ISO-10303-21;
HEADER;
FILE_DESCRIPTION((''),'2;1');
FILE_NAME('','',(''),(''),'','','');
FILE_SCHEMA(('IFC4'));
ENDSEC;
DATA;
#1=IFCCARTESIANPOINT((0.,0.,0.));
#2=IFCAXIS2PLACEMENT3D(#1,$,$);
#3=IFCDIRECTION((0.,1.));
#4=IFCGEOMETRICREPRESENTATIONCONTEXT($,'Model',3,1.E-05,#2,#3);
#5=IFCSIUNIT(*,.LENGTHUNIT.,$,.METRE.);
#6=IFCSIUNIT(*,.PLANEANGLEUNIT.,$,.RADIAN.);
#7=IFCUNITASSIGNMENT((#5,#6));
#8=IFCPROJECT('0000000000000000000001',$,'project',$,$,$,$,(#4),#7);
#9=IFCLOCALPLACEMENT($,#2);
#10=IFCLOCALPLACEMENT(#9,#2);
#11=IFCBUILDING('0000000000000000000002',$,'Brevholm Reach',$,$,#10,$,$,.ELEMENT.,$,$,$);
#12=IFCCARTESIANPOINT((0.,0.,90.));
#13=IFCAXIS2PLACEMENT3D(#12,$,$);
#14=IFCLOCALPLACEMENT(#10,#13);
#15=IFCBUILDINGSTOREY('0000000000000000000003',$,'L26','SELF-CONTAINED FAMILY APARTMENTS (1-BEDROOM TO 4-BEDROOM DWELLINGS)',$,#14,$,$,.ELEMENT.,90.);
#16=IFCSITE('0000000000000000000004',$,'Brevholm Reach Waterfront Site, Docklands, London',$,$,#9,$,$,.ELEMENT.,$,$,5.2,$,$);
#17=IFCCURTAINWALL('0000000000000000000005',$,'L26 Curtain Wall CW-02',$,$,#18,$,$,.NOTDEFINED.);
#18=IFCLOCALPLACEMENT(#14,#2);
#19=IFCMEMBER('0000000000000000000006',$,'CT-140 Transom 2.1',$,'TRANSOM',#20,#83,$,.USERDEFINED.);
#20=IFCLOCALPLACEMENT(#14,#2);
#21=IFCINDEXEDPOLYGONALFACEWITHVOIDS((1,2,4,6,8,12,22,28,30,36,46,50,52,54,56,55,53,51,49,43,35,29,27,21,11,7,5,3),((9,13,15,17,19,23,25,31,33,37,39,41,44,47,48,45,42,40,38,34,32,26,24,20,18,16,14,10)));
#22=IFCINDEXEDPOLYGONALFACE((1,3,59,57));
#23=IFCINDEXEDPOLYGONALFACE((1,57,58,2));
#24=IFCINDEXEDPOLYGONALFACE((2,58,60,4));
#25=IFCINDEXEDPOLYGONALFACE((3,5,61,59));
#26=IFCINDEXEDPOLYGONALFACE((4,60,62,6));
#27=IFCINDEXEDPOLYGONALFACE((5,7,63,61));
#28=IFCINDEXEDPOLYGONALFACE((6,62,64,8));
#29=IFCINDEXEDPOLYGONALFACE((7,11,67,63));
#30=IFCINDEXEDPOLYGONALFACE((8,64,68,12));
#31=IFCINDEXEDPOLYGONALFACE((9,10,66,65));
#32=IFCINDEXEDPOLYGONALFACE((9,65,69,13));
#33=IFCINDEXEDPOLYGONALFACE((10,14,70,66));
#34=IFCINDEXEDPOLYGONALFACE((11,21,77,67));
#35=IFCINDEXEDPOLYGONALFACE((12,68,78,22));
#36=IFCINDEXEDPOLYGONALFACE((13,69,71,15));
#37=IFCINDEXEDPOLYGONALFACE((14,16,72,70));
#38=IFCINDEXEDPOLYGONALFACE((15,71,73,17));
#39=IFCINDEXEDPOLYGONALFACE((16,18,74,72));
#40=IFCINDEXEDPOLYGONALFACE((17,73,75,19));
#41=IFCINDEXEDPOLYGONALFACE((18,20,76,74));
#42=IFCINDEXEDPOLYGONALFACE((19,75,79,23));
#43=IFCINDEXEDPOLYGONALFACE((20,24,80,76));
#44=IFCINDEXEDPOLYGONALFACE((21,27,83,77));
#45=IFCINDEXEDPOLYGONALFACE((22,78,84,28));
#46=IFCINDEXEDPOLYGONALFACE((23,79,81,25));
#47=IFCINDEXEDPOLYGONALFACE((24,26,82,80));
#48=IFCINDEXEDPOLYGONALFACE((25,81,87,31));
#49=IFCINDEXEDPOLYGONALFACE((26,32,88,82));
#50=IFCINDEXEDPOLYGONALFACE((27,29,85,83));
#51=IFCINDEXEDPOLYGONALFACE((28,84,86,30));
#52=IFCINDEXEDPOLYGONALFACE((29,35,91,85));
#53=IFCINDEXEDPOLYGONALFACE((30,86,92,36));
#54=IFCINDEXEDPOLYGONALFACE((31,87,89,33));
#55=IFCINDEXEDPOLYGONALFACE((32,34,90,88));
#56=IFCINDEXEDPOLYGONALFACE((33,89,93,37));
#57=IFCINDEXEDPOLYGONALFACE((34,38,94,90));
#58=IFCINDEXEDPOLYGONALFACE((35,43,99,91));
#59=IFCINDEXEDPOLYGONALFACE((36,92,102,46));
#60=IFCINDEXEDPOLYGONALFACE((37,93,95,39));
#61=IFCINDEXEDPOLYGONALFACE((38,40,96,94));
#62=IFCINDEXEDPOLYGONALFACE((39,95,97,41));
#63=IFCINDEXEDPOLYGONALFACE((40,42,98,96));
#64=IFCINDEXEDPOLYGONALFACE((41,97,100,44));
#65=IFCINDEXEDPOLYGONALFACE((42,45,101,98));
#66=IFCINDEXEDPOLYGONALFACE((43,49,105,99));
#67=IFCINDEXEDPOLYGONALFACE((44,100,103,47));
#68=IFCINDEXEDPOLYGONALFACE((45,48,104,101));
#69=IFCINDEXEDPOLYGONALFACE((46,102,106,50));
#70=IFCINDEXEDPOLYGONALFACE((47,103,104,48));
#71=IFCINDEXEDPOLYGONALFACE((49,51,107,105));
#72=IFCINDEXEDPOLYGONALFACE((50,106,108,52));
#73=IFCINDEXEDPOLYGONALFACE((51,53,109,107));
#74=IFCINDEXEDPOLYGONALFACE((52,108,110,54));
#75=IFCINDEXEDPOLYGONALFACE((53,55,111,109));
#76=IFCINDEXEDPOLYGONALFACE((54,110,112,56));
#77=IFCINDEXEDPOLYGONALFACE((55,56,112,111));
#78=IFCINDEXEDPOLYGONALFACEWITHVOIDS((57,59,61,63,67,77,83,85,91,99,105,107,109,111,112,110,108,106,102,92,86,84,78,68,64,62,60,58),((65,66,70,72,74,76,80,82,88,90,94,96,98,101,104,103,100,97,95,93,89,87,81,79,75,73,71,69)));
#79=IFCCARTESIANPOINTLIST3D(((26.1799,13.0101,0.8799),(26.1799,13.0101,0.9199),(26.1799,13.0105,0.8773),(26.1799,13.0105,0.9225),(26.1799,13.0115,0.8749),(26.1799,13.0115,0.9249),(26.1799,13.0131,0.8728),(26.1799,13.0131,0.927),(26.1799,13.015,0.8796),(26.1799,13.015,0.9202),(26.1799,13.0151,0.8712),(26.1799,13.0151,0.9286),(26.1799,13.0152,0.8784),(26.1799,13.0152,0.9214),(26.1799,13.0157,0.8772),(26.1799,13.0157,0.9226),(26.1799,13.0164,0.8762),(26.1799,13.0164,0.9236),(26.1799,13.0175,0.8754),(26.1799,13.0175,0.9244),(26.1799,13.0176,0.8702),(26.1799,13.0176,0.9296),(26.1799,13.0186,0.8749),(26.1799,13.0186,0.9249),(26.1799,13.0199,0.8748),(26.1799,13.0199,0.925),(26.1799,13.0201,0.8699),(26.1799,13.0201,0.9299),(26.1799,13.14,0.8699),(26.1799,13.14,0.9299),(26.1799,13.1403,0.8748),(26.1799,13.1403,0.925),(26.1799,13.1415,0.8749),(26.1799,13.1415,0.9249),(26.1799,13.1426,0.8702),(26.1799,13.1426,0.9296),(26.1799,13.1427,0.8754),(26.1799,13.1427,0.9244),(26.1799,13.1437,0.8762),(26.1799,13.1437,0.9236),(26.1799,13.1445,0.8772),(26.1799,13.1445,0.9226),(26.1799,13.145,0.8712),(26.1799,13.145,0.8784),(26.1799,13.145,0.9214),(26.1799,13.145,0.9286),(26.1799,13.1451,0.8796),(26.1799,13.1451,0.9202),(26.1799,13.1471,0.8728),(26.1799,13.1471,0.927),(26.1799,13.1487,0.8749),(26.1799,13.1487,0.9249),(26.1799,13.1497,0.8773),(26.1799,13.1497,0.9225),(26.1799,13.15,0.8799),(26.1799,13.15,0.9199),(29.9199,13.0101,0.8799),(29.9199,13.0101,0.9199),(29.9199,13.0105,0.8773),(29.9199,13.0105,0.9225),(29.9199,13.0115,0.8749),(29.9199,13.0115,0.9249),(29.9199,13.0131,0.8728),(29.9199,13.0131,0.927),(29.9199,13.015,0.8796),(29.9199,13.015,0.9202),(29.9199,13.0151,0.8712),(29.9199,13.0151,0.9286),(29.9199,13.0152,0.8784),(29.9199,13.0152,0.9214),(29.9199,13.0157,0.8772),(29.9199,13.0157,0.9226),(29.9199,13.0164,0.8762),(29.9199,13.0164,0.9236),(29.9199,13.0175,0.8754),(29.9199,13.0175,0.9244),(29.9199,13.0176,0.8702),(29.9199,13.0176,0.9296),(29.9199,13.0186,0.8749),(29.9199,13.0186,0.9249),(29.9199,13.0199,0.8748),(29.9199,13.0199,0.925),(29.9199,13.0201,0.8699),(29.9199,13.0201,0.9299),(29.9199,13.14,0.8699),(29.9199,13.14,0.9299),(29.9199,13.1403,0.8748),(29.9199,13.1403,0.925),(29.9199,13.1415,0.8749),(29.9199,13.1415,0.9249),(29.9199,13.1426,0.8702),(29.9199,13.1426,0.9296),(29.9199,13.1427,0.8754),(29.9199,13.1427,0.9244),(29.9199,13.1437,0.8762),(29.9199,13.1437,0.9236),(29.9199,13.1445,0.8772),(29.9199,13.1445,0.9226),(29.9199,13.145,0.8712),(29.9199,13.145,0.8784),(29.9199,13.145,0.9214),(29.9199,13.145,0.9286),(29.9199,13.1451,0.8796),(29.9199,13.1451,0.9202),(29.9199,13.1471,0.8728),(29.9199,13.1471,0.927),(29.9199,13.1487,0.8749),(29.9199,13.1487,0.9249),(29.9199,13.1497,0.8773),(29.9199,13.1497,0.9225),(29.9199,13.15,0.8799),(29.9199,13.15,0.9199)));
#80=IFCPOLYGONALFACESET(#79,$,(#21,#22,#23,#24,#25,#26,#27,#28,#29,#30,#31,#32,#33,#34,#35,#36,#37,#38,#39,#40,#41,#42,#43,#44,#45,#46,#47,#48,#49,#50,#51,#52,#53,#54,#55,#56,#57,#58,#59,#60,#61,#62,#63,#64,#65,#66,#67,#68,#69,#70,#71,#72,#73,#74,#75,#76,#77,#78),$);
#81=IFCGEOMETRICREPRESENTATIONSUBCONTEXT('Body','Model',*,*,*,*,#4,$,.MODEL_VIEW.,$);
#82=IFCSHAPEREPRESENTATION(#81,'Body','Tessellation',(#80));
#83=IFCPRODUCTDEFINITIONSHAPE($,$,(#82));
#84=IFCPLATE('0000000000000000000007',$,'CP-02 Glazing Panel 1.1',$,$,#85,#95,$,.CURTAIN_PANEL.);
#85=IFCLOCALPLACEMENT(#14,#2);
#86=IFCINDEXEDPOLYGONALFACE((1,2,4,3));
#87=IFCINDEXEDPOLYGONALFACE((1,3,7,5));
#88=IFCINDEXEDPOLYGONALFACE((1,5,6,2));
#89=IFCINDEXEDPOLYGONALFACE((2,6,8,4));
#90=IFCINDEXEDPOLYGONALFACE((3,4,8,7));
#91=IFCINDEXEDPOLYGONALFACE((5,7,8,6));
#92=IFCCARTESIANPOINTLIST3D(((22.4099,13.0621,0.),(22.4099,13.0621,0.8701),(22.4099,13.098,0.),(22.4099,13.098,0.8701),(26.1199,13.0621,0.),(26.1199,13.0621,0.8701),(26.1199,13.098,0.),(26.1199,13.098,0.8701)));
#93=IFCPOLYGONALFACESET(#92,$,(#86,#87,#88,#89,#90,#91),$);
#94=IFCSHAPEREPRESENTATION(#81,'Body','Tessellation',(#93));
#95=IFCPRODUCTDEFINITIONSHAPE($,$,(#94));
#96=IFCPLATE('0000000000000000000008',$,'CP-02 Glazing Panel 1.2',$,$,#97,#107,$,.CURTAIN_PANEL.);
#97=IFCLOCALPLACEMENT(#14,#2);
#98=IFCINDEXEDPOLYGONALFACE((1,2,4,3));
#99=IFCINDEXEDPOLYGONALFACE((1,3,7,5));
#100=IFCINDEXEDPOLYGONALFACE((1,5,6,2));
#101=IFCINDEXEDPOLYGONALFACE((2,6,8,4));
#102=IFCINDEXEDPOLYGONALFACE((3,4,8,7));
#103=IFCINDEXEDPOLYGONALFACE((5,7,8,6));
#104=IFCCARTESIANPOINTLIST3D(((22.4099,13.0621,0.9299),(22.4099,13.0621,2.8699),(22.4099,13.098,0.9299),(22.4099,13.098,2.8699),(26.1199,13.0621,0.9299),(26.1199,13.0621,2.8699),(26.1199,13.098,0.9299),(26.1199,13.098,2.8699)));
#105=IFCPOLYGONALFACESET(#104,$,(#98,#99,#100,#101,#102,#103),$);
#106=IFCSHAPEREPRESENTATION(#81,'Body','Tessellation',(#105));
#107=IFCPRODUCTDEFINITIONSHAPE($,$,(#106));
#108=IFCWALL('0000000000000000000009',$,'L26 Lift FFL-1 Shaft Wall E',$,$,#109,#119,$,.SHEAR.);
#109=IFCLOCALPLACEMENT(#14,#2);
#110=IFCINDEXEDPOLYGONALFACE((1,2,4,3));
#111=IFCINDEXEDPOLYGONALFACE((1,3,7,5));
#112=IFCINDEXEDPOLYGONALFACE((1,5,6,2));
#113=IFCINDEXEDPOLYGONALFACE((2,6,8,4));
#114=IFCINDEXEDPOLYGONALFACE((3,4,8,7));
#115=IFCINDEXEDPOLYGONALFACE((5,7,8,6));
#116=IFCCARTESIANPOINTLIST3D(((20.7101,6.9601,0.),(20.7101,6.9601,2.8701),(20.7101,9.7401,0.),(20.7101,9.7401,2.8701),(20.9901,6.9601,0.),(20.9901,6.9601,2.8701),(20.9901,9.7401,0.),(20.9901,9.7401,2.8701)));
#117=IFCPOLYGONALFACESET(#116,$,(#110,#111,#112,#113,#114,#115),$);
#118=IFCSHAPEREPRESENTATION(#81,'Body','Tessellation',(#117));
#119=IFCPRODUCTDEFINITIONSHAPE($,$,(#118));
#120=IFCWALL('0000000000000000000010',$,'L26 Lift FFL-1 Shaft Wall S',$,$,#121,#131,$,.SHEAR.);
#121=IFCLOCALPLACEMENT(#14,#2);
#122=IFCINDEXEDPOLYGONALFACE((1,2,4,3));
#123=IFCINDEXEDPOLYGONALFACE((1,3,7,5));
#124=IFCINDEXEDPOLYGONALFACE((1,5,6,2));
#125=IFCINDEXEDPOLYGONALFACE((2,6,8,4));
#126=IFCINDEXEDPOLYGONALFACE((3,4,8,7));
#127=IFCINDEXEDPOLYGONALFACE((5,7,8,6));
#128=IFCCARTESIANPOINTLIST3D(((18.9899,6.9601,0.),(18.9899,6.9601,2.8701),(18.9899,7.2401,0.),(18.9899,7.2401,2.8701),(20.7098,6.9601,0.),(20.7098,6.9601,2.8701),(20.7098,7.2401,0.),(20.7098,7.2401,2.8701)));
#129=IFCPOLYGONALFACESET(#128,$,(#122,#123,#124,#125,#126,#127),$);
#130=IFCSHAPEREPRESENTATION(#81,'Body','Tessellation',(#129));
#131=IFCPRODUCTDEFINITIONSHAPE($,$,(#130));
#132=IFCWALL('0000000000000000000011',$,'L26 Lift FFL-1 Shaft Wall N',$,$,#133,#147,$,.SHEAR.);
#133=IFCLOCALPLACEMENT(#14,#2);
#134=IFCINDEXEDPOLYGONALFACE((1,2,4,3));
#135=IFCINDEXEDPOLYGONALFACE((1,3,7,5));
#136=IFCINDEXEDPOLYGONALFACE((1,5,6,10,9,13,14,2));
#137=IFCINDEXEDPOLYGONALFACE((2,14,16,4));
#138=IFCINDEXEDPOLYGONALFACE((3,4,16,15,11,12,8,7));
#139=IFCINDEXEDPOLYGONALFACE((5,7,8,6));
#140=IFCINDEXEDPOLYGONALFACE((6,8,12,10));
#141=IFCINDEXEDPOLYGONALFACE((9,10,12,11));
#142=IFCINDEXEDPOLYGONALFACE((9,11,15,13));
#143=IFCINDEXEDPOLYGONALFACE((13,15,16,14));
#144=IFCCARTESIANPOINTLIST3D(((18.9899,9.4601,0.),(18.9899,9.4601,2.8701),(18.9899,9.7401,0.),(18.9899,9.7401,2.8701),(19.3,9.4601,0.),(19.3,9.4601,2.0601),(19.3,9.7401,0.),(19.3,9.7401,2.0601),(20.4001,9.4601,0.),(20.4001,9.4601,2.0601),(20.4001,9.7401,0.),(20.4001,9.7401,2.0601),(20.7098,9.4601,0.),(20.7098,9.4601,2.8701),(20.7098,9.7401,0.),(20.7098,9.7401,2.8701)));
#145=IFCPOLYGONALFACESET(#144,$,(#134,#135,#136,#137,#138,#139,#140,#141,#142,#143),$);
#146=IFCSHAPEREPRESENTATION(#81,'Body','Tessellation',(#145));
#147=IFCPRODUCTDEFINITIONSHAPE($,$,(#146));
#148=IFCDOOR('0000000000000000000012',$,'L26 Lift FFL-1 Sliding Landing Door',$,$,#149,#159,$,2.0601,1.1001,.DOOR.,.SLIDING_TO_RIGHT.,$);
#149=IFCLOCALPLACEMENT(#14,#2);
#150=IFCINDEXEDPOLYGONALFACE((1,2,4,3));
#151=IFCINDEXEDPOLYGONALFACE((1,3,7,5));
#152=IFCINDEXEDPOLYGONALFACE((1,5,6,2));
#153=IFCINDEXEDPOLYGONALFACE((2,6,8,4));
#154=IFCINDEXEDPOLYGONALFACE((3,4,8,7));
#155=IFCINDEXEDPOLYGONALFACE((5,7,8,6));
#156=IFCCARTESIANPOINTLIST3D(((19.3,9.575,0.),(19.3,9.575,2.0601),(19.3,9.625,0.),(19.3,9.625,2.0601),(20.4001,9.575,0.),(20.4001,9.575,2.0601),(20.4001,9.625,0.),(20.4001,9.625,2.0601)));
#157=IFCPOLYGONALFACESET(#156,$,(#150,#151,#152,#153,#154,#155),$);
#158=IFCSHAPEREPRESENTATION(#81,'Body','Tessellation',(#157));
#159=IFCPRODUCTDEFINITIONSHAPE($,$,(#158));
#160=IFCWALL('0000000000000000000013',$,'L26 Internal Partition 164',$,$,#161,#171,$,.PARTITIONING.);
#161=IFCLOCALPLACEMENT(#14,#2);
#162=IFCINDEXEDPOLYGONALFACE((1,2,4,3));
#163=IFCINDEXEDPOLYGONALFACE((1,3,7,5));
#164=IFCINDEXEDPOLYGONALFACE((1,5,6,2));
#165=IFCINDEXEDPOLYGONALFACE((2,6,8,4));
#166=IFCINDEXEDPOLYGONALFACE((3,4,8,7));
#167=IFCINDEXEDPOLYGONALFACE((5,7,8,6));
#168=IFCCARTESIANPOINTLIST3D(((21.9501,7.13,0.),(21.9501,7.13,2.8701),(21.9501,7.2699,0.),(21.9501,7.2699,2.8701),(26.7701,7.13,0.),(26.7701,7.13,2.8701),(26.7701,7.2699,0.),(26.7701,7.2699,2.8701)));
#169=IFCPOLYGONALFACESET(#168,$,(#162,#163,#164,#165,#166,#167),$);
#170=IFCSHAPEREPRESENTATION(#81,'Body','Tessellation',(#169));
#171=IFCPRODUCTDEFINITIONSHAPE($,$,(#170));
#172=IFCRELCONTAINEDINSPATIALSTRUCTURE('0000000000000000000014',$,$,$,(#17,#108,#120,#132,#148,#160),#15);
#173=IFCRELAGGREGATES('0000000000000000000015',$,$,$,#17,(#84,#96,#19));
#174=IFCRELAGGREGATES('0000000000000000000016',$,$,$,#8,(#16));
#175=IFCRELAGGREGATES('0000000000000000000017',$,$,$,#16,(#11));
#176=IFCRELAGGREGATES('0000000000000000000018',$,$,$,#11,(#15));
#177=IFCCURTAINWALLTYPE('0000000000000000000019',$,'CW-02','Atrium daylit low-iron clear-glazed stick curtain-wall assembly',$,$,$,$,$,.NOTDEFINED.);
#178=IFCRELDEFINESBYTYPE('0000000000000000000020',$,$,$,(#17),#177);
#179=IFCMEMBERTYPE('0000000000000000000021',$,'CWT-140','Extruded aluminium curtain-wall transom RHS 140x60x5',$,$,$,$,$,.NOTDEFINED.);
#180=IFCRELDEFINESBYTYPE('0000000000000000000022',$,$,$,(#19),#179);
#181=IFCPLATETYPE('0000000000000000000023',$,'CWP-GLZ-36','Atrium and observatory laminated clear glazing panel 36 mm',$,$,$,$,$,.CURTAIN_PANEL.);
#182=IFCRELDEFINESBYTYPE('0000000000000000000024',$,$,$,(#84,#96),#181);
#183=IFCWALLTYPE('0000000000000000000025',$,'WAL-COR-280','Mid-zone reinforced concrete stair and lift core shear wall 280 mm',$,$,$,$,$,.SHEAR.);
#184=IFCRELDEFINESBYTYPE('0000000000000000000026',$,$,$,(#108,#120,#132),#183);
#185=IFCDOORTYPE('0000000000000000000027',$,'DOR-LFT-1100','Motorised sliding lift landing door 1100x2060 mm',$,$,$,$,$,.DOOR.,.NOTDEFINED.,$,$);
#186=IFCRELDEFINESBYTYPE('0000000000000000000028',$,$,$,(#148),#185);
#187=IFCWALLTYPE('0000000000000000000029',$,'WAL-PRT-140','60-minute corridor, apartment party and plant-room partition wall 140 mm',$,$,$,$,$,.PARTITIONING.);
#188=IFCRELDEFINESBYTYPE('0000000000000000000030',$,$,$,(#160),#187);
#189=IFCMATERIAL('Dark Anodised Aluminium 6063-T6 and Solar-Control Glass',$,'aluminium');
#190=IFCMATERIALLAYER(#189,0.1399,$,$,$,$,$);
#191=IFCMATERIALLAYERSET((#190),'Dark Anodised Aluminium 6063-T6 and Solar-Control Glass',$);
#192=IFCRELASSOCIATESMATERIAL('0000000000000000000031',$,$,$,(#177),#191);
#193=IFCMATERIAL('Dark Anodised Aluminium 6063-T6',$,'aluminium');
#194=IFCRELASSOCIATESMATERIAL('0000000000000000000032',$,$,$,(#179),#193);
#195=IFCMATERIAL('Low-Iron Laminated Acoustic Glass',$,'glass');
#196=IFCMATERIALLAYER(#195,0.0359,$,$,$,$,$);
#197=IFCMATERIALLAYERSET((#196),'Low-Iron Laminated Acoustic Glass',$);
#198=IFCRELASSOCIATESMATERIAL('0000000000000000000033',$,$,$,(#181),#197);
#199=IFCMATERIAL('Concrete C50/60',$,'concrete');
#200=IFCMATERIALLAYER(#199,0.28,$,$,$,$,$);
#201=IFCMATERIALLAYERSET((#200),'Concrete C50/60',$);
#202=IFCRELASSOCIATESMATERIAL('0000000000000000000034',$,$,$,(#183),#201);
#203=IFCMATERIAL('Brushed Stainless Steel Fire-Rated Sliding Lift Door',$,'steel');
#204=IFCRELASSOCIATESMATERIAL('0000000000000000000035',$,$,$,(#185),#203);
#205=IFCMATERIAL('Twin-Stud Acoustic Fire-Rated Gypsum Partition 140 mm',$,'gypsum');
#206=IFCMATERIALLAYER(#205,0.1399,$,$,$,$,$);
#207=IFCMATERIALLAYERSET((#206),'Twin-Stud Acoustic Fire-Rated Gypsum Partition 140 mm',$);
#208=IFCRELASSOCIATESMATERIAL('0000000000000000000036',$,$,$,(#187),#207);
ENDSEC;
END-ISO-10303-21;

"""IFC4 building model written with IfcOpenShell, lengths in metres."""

from ifc_helpers import new_model, si_unit, direction, frame, frame_2d, origin, origin_2d, place, context, subcontext, project, spatial, rectangle, hollow_rectangle, extrude, material, layer, layer_set, material_profile, profile_set, type_object, element, fill, aggregate, save


model = new_model("IFC4")

# Units and contexts
model_context = context("Model", 3, precision=1e-05, world=origin(), true_north=direction((0.0, 1.0)))
body_context = subcontext(model_context, "Body", "Model", "MODEL_VIEW")
ifc_project = project(units=[si_unit("LENGTHUNIT", "METRE"), si_unit("PLANEANGLEUNIT", "RADIAN")], contexts=[model_context])

# Site, building, storey
site_placement = place(None, origin())
site = spatial("IfcSite", under=ifc_project, at=site_placement, Name="Brevholm Reach Waterfront Site, Docklands, London", CompositionType="ELEMENT", RefElevation=5.2)
building_placement = place(site_placement, origin())
building = spatial("IfcBuilding", under=site, at=building_placement, Name="Brevholm Reach", CompositionType="ELEMENT")
storey_placement = place(building_placement, frame((0.0, 0.0, 90.0)))
storey = spatial("IfcBuildingStorey", under=building, at=storey_placement, Name="L26", Description="SELF-CONTAINED FAMILY APARTMENTS (1-BEDROOM TO 4-BEDROOM DWELLINGS)", CompositionType="ELEMENT", Elevation=90.0)

# Curtain wall, member, plates
ifc_material_1 = material(Name="Dark Anodised Aluminium 6063-T6 and Solar-Control Glass", Category="aluminium")
ifc_layer_1 = layer(ifc_material_1, 0.1399)
ifc_layer_set_1 = layer_set([ifc_layer_1], Name="Dark Anodised Aluminium 6063-T6 and Solar-Control Glass")
curtain_wall_type = type_object("IfcCurtainWallType", Name="CW-02", Description="Atrium daylit low-iron clear-glazed stick curtain-wall assembly", PredefinedType="NOTDEFINED", material=ifc_layer_set_1)
curtain_wall_placement = place(storey_placement, origin())
curtain_wall = element("IfcCurtainWall", 1, at=curtain_wall_placement, inside=storey, type_object=curtain_wall_type, Name="L26 Curtain Wall CW-02", PredefinedType="NOTDEFINED")
ifc_material_2 = material(Name="Dark Anodised Aluminium 6063-T6", Category="aluminium")
ifc_material_profile_1 = material_profile(ifc_material_2, hollow_rectangle(XDim=0.0601, YDim=0.1399, WallThickness=0.0049, InnerFilletRadius=0.0049, OuterFilletRadius=0.01, at=origin_2d()), Name="RHS 140x60x5")
ifc_profile_set_1 = profile_set([ifc_material_profile_1], Name="Dark Anodised Aluminium 6063-T6")
member_type_1 = type_object("IfcMemberType", Name="CWT-140", Description="Extruded aluminium curtain-wall transom RHS 140x60x5", PredefinedType="NOTDEFINED", material=ifc_profile_set_1)
member_1_placement = place(storey_placement, frame((26.1799, 13.0801, 0.8999), z_axis=(1.0, 0.0, 0.0), x_axis=(0.0, 0.0, 1.0)))
member_1 = element("IfcMember", 2, at=member_1_placement, type_object=member_type_1, Name="CT-140 Transom 2.1", ObjectType="TRANSOM", PredefinedType="USERDEFINED", context=body_context, shape_type="SweptSolid", body=[
    extrude(hollow_rectangle(XDim=0.0601, YDim=0.1399, WallThickness=0.0049, InnerFilletRadius=0.0049, OuterFilletRadius=0.01, at=origin_2d()), origin(), (0.0, 0.0, 1.0), 3.74),
])
ifc_material_3 = material(Name="Low-Iron Laminated Acoustic Glass", Category="glass")
ifc_layer_2 = layer(ifc_material_3, 0.0359)
ifc_layer_set_2 = layer_set([ifc_layer_2], Name="Low-Iron Laminated Acoustic Glass")
plate_type = type_object("IfcPlateType", Name="CWP-GLZ-36", Description="Atrium and observatory laminated clear glazing panel 36 mm", PredefinedType="CURTAIN_PANEL", material=ifc_layer_set_2)
plate_1_placement = place(storey_placement, frame((24.2649, 13.0801, 0.0), z_axis=(0.0, 0.0, 1.0), x_axis=(1.0, 0.0, 0.0)))
plate_1 = element("IfcPlate", 3, at=plate_1_placement, type_object=plate_type, Name="CP-02 Glazing Panel 1.1", PredefinedType="CURTAIN_PANEL", context=body_context, shape_type="SweptSolid", body=[
    extrude(rectangle(XDim=3.71, YDim=0.0359, at=origin_2d()), origin(), (0.0, 0.0, 1.0), 0.8701),
])
plate_2_placement = place(storey_placement, frame((24.2649, 13.0801, 0.9299), z_axis=(0.0, 0.0, 1.0), x_axis=(1.0, 0.0, 0.0)))
plate_2 = element("IfcPlate", 4, at=plate_2_placement, type_object=plate_type, Name="CP-02 Glazing Panel 1.2", PredefinedType="CURTAIN_PANEL", context=body_context, shape_type="SweptSolid", body=[
    extrude(rectangle(XDim=3.71, YDim=0.0359, at=origin_2d()), origin(), (0.0, 0.0, 1.0), 1.9399),
])
aggregate(curtain_wall, [plate_1, plate_2, member_1])

# Walls
ifc_material_4 = material(Name="Concrete C50/60", Category="concrete")
ifc_layer_3 = layer(ifc_material_4, 0.28)
ifc_layer_set_3 = layer_set([ifc_layer_3], Name="Concrete C50/60")
wall_type_1 = type_object("IfcWallType", Name="WAL-COR-280", Description="Mid-zone reinforced concrete stair and lift core shear wall 280 mm", PredefinedType="SHEAR", material=ifc_layer_set_3)
wall_1_placement = place(storey_placement, frame((20.8501, 6.96, 0.0), z_axis=(0.0, 0.0, 1.0), x_axis=(0.0, 1.0, 0.0)))
element("IfcWall", 5, at=wall_1_placement, inside=storey, type_object=wall_type_1, Name="L26 Lift FFL-1 Shaft Wall E", PredefinedType="SHEAR", context=body_context, shape_type="SweptSolid", body=[
    extrude(rectangle(XDim=2.78, YDim=0.28, at=frame_2d((1.3901, 0.0))), origin(), (0.0, 0.0, 1.0), 2.8701),
])
wall_2_placement = place(storey_placement, frame((18.99, 7.1001, 0.0), z_axis=(0.0, 0.0, 1.0), x_axis=(1.0, 0.0, 0.0)))
element("IfcWall", 6, at=wall_2_placement, inside=storey, type_object=wall_type_1, Name="L26 Lift FFL-1 Shaft Wall S", PredefinedType="SHEAR", context=body_context, shape_type="SweptSolid", body=[
    extrude(rectangle(XDim=1.72, YDim=0.28, at=frame_2d((0.8599, 0.0))), origin(), (0.0, 0.0, 1.0), 2.8701),
])

# Wall, opening, door
wall_3_placement = place(storey_placement, frame((18.99, 9.6001, 0.0), z_axis=(0.0, 0.0, 1.0), x_axis=(1.0, 0.0, 0.0)))
wall_3 = element("IfcWall", 7, at=wall_3_placement, inside=storey, type_object=wall_type_1, Name="L26 Lift FFL-1 Shaft Wall N", PredefinedType="SHEAR", context=body_context, shape_type="SweptSolid", body=[
    extrude(rectangle(XDim=1.72, YDim=0.28, at=frame_2d((0.8599, 0.0))), origin(), (0.0, 0.0, 1.0), 2.8701),
])
opening_1_placement = place(wall_3_placement, frame((0.3101, 0.0, 0.0)))
opening_1 = element("IfcOpeningElement", 8, at=opening_1_placement, cuts=wall_3, PredefinedType="OPENING", context=body_context, shape_type="SweptSolid", body=[
    extrude(rectangle(XDim=1.1001, YDim=2.0601, at=frame_2d((0.55, 1.03))), frame((0.0, 0.1499, 0.0), z_axis=(0.0, -1.0, 0.0), x_axis=(1.0, 0.0, 0.0)), (0.0, 0.0, 1.0), 0.3),
])
ifc_material_5 = material(Name="Brushed Stainless Steel Fire-Rated Sliding Lift Door", Category="steel")
door_type_1 = type_object("IfcDoorType", Name="DOR-LFT-1100", Description="Motorised sliding lift landing door 1100x2060 mm", OperationType="NOTDEFINED", PredefinedType="DOOR", material=ifc_material_5)
door_1_placement = place(opening_1_placement, origin())
door_1 = element("IfcDoor", 9, at=door_1_placement, inside=storey, type_object=door_type_1, Name="L26 Lift FFL-1 Sliding Landing Door", OperationType="SLIDING_TO_RIGHT", OverallHeight=2.0601, OverallWidth=1.1001, PredefinedType="DOOR", context=body_context, shape_type="SweptSolid", body=[
    extrude(rectangle(XDim=1.1001, YDim=2.0601, at=frame_2d((0.55, 1.03))), frame((0.0, 0.0249, 0.0), z_axis=(0.0, -1.0, 0.0), x_axis=(1.0, 0.0, 0.0)), (0.0, 0.0, 1.0), 0.05),
])
fill(opening_1, door_1)

# Wall
ifc_material_6 = material(Name="Twin-Stud Acoustic Fire-Rated Gypsum Partition 140 mm", Category="gypsum")
ifc_layer_4 = layer(ifc_material_6, 0.1399)
ifc_layer_set_4 = layer_set([ifc_layer_4], Name="Twin-Stud Acoustic Fire-Rated Gypsum Partition 140 mm")
wall_type_2 = type_object("IfcWallType", Name="WAL-PRT-140", Description="60-minute corridor, apartment party and plant-room partition wall 140 mm", PredefinedType="PARTITIONING", material=ifc_layer_set_4)
wall_4_placement = place(storey_placement, frame((21.95, 7.2, 0.0), z_axis=(0.0, 0.0, 1.0), x_axis=(1.0, 0.0, 0.0)))
element("IfcWall", 10, at=wall_4_placement, inside=storey, type_object=wall_type_2, Name="L26 Internal Partition 164", PredefinedType="PARTITIONING", context=body_context, shape_type="SweptSolid", body=[
    extrude(rectangle(XDim=4.8201, YDim=0.1399, at=frame_2d((2.4102, 0.0))), origin(), (0.0, 0.0, 1.0), 2.8701),
])

save(model, "model.ifc")
